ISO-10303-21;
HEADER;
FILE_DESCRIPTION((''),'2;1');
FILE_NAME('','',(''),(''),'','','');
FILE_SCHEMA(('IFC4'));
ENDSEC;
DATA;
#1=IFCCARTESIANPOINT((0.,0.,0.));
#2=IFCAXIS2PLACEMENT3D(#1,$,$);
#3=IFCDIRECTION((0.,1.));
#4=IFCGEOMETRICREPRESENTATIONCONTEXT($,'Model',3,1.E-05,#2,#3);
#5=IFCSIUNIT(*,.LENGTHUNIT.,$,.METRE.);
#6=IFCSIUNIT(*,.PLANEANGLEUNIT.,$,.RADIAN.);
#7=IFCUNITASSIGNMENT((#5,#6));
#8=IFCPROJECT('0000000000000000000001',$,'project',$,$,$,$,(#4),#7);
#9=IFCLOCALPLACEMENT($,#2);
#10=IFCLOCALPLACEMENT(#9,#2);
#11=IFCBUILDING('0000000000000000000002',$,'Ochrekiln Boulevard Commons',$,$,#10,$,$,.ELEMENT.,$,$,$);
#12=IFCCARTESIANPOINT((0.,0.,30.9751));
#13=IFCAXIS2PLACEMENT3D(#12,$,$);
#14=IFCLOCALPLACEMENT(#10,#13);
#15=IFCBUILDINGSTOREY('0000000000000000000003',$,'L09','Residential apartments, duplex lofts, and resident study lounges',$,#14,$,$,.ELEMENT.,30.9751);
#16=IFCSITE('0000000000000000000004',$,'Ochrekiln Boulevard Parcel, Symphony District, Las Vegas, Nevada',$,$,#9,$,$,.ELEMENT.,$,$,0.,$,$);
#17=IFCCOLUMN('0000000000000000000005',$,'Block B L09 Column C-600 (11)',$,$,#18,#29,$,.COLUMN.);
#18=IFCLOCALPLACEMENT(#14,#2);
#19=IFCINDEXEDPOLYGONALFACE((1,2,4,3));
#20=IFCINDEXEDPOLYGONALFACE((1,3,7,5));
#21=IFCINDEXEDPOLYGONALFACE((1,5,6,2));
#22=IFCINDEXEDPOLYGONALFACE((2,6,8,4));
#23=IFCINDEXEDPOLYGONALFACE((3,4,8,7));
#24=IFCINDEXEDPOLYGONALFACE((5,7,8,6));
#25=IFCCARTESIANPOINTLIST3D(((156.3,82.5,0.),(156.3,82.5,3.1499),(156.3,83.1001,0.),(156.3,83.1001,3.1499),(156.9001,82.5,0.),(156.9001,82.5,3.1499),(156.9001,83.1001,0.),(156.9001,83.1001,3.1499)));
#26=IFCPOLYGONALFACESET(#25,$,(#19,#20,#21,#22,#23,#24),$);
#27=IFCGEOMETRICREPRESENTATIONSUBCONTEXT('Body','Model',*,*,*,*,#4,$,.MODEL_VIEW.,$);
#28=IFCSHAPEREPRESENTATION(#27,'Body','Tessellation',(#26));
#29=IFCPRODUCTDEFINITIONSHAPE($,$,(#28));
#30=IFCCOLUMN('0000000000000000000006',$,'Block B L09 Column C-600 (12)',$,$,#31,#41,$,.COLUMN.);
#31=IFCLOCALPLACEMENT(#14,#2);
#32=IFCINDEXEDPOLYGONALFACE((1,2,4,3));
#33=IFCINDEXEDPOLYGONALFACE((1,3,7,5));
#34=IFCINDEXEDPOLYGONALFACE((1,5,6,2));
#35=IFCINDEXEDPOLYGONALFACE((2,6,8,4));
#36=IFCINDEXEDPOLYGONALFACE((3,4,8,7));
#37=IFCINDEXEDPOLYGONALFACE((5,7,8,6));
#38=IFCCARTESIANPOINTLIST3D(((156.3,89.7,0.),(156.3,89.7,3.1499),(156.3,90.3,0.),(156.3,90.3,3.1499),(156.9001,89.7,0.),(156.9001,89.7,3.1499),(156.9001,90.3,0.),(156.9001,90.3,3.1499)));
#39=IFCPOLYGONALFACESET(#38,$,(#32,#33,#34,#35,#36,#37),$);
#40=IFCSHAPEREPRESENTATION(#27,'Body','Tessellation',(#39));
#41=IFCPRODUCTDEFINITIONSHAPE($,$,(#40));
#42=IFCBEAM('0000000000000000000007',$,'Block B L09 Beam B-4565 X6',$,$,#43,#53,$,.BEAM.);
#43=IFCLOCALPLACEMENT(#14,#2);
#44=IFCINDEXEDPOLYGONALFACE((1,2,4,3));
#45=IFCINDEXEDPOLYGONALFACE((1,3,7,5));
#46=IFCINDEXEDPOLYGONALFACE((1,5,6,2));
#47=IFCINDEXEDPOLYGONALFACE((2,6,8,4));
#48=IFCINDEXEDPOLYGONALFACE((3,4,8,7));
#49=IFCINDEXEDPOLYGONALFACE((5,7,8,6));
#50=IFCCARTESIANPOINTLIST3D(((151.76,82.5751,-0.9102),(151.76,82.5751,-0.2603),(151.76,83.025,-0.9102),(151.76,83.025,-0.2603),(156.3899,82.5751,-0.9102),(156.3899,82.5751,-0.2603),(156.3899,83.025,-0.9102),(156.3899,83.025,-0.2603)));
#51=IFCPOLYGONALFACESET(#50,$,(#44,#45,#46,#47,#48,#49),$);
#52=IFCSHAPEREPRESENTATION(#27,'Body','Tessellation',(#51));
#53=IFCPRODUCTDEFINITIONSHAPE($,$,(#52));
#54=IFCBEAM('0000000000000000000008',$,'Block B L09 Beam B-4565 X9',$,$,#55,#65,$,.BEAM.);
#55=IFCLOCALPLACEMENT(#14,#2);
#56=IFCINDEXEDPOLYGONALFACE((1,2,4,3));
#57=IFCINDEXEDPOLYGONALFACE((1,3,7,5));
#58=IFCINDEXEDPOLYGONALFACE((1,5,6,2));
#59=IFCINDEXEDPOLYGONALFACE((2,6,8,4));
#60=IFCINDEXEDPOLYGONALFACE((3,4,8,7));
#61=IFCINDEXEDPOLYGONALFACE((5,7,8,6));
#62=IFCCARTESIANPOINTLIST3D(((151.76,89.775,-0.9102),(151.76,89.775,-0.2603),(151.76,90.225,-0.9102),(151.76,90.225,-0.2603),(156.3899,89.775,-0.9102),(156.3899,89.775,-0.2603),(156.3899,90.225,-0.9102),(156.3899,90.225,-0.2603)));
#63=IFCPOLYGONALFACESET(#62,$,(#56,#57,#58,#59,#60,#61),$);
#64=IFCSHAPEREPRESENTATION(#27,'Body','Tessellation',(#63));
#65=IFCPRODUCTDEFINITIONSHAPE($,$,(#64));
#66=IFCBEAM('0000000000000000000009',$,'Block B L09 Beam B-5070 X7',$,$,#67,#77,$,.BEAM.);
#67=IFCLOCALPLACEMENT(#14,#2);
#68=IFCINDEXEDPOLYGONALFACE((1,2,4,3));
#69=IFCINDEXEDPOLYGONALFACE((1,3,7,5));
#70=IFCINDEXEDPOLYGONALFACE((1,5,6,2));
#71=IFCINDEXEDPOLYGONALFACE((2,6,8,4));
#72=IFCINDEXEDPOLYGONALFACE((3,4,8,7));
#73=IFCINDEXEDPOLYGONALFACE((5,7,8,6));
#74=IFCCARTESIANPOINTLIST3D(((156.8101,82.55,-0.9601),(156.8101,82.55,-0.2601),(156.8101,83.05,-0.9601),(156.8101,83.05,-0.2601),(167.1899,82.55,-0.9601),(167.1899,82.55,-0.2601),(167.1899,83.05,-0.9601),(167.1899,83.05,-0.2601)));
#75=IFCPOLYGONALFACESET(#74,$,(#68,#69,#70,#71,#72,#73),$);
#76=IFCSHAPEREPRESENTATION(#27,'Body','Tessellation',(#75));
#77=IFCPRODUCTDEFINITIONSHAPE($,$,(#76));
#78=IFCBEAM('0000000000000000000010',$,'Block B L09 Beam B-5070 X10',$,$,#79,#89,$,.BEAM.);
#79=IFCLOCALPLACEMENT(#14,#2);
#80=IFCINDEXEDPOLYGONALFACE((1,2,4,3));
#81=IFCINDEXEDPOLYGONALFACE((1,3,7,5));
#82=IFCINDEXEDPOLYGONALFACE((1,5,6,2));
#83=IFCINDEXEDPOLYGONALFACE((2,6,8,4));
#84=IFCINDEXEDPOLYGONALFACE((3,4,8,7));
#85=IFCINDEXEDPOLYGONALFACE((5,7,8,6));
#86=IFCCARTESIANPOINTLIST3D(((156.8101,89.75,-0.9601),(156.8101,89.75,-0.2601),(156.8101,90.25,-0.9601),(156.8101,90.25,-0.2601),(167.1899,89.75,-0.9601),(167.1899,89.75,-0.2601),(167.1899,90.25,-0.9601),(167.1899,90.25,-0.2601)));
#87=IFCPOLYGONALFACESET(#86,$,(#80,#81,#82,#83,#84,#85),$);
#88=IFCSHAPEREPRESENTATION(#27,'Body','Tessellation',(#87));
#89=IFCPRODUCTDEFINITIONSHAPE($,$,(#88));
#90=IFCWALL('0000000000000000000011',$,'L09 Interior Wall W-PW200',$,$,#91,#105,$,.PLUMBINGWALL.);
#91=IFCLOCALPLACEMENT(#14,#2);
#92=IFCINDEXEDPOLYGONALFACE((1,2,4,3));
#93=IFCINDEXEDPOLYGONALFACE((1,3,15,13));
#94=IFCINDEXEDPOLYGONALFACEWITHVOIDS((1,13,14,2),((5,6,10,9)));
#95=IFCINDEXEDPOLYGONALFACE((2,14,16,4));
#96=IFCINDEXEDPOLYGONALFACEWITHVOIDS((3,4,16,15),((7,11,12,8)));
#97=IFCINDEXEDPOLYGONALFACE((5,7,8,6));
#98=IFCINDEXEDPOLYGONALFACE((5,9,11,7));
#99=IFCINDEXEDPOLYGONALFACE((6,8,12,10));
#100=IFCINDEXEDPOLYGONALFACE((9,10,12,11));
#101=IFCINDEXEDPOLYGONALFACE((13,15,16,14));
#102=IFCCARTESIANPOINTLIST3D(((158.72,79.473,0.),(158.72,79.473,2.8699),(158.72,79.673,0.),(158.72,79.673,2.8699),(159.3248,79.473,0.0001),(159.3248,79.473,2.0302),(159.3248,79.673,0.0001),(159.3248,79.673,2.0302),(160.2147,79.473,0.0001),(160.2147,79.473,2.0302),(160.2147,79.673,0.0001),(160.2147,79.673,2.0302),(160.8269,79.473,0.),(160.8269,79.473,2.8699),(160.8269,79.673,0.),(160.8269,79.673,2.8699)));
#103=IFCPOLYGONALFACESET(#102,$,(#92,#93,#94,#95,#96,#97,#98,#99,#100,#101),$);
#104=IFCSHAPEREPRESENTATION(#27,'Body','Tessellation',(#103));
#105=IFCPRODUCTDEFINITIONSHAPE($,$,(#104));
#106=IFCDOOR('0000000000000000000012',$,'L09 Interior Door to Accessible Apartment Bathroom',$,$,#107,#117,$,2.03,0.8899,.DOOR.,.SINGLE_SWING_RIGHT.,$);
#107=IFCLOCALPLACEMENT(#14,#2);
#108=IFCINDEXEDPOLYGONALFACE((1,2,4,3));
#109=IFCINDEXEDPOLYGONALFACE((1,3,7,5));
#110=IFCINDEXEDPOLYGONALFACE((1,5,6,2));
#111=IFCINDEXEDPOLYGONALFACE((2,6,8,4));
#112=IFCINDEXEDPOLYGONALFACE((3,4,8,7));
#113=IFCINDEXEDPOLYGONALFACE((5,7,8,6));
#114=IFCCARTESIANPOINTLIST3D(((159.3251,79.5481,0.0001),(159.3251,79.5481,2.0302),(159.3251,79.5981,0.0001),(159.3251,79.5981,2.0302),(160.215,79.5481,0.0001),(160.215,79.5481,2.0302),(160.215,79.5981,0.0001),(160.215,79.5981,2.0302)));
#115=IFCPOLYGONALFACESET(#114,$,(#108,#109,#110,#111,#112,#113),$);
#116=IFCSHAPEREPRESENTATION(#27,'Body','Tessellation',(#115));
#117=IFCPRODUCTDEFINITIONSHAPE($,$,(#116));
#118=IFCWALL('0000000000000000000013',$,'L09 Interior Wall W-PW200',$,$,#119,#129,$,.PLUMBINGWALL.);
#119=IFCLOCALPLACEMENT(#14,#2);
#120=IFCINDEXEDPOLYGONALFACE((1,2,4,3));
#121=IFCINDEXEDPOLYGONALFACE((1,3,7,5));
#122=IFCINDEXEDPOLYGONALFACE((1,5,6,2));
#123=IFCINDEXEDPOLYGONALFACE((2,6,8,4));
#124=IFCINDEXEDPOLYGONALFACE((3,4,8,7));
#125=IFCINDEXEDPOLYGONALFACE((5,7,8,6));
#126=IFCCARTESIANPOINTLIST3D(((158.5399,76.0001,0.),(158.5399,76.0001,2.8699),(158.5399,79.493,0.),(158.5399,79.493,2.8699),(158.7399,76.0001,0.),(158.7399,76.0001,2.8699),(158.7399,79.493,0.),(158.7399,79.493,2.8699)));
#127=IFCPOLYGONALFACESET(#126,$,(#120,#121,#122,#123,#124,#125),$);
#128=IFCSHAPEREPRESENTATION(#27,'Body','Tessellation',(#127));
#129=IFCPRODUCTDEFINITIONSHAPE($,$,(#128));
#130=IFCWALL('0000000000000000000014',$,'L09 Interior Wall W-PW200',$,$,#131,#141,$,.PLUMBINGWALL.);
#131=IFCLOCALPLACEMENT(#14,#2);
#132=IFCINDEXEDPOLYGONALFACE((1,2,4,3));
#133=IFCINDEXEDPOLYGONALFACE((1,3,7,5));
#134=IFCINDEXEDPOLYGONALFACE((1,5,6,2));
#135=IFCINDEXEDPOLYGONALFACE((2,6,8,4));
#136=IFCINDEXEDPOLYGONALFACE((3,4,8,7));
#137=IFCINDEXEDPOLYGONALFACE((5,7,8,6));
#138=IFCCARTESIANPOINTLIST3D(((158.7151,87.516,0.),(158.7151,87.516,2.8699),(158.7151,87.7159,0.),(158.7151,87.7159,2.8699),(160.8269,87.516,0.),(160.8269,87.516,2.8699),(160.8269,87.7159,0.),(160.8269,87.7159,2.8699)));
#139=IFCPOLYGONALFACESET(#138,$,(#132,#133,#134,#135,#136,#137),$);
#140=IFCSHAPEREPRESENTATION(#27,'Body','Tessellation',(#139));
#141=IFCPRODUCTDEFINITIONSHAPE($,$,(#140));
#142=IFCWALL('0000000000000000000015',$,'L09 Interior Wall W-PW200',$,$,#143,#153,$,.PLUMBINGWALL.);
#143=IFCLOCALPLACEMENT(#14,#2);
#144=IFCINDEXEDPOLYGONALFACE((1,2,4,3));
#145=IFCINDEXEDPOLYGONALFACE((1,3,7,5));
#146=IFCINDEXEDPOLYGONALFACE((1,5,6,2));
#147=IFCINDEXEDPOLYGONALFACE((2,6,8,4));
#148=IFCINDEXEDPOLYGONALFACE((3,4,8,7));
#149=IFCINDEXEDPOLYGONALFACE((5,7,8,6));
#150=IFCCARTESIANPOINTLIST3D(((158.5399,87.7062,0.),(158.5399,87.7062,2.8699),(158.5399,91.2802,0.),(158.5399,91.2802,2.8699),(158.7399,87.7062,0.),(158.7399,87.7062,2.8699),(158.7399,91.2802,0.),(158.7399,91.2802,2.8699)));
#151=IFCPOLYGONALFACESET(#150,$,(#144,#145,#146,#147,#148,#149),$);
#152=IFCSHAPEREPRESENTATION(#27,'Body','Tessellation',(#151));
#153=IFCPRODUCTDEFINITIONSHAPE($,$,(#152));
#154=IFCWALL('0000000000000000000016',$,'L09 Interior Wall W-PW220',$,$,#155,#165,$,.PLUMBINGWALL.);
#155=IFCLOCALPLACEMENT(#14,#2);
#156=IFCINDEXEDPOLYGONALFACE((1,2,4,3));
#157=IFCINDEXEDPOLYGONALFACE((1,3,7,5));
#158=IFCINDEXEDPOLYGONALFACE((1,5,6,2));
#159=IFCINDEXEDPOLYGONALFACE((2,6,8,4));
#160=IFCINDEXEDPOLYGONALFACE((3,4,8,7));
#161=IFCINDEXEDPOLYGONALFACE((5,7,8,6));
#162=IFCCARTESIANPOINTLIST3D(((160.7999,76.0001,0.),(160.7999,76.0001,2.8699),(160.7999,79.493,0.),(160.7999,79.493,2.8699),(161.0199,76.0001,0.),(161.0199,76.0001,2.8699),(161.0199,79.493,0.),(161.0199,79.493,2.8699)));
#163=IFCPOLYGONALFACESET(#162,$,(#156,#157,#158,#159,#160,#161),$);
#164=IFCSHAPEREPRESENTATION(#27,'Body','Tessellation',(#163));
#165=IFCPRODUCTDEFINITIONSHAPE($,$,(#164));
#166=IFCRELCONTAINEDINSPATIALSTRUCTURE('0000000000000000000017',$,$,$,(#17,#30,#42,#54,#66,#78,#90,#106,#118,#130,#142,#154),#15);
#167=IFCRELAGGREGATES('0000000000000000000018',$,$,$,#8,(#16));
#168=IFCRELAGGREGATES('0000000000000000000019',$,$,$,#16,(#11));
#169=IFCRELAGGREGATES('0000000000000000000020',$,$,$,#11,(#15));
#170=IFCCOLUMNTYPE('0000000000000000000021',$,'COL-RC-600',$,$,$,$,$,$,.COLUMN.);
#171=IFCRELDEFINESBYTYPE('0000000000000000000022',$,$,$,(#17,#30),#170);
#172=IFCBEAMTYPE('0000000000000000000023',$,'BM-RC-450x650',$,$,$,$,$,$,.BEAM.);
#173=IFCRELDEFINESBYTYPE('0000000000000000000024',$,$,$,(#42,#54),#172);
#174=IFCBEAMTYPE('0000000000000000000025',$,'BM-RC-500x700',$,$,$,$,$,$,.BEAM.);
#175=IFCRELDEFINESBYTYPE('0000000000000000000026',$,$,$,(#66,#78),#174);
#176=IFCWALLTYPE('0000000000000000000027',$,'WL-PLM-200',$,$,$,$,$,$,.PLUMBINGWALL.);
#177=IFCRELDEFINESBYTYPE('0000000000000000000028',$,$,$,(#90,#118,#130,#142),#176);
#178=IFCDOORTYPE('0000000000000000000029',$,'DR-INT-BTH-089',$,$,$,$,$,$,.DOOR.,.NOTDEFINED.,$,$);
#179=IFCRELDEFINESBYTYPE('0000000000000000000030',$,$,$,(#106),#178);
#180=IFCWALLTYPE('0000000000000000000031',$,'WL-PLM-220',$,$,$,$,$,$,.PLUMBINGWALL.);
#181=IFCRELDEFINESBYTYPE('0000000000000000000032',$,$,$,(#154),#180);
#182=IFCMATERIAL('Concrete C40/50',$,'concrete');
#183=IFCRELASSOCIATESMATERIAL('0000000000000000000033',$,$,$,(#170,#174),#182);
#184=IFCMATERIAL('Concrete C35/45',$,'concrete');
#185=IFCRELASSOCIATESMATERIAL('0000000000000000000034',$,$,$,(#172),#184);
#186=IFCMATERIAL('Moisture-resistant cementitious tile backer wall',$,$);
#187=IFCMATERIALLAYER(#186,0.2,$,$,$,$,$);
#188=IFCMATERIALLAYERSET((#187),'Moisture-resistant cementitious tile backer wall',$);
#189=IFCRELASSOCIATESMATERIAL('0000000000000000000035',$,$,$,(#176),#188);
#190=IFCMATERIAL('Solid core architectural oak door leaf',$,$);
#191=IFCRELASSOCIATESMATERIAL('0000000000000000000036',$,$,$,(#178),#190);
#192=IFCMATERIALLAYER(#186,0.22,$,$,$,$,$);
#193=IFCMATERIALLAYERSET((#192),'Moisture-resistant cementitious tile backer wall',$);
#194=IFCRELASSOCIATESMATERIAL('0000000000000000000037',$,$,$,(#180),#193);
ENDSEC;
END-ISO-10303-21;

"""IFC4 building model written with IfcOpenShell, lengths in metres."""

from ifc_helpers import new_model, si_unit, direction, frame, frame_2d, origin, origin_2d, place, context, subcontext, project, spatial, rectangle, extrude, material, layer, layer_set, material_profile, profile_set, type_object, element, fill, save


model = new_model("IFC4")

# Units and contexts
model_context = context("Model", 3, precision=1e-05, world=origin(), true_north=direction((0.0, 1.0)))
body_context = subcontext(model_context, "Body", "Model", "MODEL_VIEW")
ifc_project = project(units=[si_unit("LENGTHUNIT", "METRE"), si_unit("PLANEANGLEUNIT", "RADIAN")], contexts=[model_context])

# Site, building, storey
site_placement = place(None, origin())
site = spatial("IfcSite", under=ifc_project, at=site_placement, Name="Ochrekiln Boulevard Parcel, Symphony District, Las Vegas, Nevada", CompositionType="ELEMENT", RefElevation=0.0)
building_placement = place(site_placement, origin())
building = spatial("IfcBuilding", under=site, at=building_placement, Name="Ochrekiln Boulevard Commons", CompositionType="ELEMENT")
storey_placement = place(building_placement, frame((0.0, 0.0, 30.9751)))
storey = spatial("IfcBuildingStorey", under=building, at=storey_placement, Name="L09", Description="Residential apartments, duplex lofts, and resident study lounges", CompositionType="ELEMENT", Elevation=30.9751)

# Columns
ifc_material_1 = material(Name="Concrete C40/50", Category="concrete")
ifc_material_profile_1 = material_profile(ifc_material_1, rectangle(XDim=0.6001, YDim=0.6001, at=origin_2d()), Name="RC-COL-600x600")
ifc_profile_set_1 = profile_set([ifc_material_profile_1], Name="Concrete C40/50")
column_type = type_object("IfcColumnType", Name="COL-RC-600", PredefinedType="COLUMN", material=ifc_profile_set_1)
for number, where, z_axis, x_axis, name in (
    (1, (156.6001, 82.8, 0.0), (0.0, 0.0, 1.0), (1.0, 0.0, 0.0), "Block B L09 Column C-600 (11)"),
    (2, (156.6001, 90.0, 0.0), (0.0, 0.0, 1.0), (1.0, 0.0, 0.0), "Block B L09 Column C-600 (12)"),
):
    element("IfcColumn", number, at=place(storey_placement, frame(where, z_axis=z_axis, x_axis=x_axis)), inside=storey, type_object=column_type, Name=name, PredefinedType="COLUMN", context=body_context, shape_type="SweptSolid", body=[
        extrude(rectangle(XDim=0.6001, YDim=0.6001, at=origin_2d()), origin(), (0.0, 0.0, 1.0), 3.1499),
    ])

# Beams
ifc_material_2 = material(Name="Concrete C35/45", Category="concrete")
ifc_material_profile_2 = material_profile(ifc_material_2, rectangle(XDim=0.45, YDim=0.6499, at=origin_2d()), Name="RC-BM-450x650")
ifc_profile_set_2 = profile_set([ifc_material_profile_2], Name="Concrete C35/45")
beam_type_1 = type_object("IfcBeamType", Name="BM-RC-450x650", PredefinedType="BEAM", material=ifc_profile_set_2)
for number, where, z_axis, x_axis, name in (
    (3, (151.76, 82.8, -0.5852), (1.0, 0.0, 0.0), (0.0, 1.0, 0.0), "Block B L09 Beam B-4565 X6"),
    (4, (151.76, 90.0, -0.5852), (1.0, 0.0, 0.0), (0.0, 1.0, 0.0), "Block B L09 Beam B-4565 X9"),
):
    element("IfcBeam", number, at=place(storey_placement, frame(where, z_axis=z_axis, x_axis=x_axis)), inside=storey, type_object=beam_type_1, Name=name, PredefinedType="BEAM", context=body_context, shape_type="SweptSolid", body=[
        extrude(rectangle(XDim=0.45, YDim=0.6499, at=origin_2d()), origin(), (0.0, 0.0, 1.0), 4.6299),
    ])
ifc_material_profile_3 = material_profile(ifc_material_1, rectangle(XDim=0.5, YDim=0.7, at=origin_2d()), Name="RC-BM-500x700")
ifc_profile_set_3 = profile_set([ifc_material_profile_3], Name="Concrete C40/50")
beam_type_2 = type_object("IfcBeamType", Name="BM-RC-500x700", PredefinedType="BEAM", material=ifc_profile_set_3)
for number, where, z_axis, x_axis, name in (
    (5, (156.8101, 82.8, -0.6101), (1.0, 0.0, 0.0), (0.0, 1.0, 0.0), "Block B L09 Beam B-5070 X7"),
    (6, (156.8101, 90.0, -0.6101), (1.0, 0.0, 0.0), (0.0, 1.0, 0.0), "Block B L09 Beam B-5070 X10"),
):
    element("IfcBeam", number, at=place(storey_placement, frame(where, z_axis=z_axis, x_axis=x_axis)), inside=storey, type_object=beam_type_2, Name=name, PredefinedType="BEAM", context=body_context, shape_type="SweptSolid", body=[
        extrude(rectangle(XDim=0.5, YDim=0.7, at=origin_2d()), origin(), (0.0, 0.0, 1.0), 10.3799),
    ])

# Wall, opening, door
ifc_material_3 = material(Name="Moisture-resistant cementitious tile backer wall")
ifc_layer_1 = layer(ifc_material_3, 0.2)
ifc_layer_set_1 = layer_set([ifc_layer_1], Name="Moisture-resistant cementitious tile backer wall")
wall_type_1 = type_object("IfcWallType", Name="WL-PLM-200", PredefinedType="PLUMBINGWALL", material=ifc_layer_set_1)
wall_1_placement = place(storey_placement, frame((158.72, 79.573, 0.0), z_axis=(0.0, 0.0, 1.0), x_axis=(1.0, 0.0, 0.0)))
wall_1 = element("IfcWall", 7, at=wall_1_placement, inside=storey, type_object=wall_type_1, Name="L09 Interior Wall W-PW200", PredefinedType="PLUMBINGWALL", context=body_context, shape_type="SweptSolid", body=[
    extrude(rectangle(XDim=2.1069, YDim=0.2, at=frame_2d((1.0535, 0.0))), origin(), (0.0, 0.0, 1.0), 2.8699),
])
opening_1_placement = place(wall_1_placement, frame((0.605, 0.0, 0.0)))
opening_1 = element("IfcOpeningElement", 8, at=opening_1_placement, cuts=wall_1, PredefinedType="OPENING", context=body_context, shape_type="SweptSolid", body=[
    extrude(rectangle(XDim=0.8899, YDim=2.03, at=frame_2d((0.4448, 1.0151))), frame((0.0, 0.1099, 0.0), z_axis=(0.0, -1.0, 0.0), x_axis=(1.0, 0.0, 0.0)), (0.0, 0.0, 1.0), 0.22),
])
ifc_material_4 = material(Name="Solid core architectural oak door leaf")
door_type_1 = type_object("IfcDoorType", Name="DR-INT-BTH-089", OperationType="NOTDEFINED", PredefinedType="DOOR", material=ifc_material_4)
door_1_placement = place(opening_1_placement, frame((0.8899, 0.0, 0.0), z_axis=(0.0, 0.0, 1.0), x_axis=(-1.0, 0.0, 0.0)))
door_1 = element("IfcDoor", 9, at=door_1_placement, inside=storey, type_object=door_type_1, Name="L09 Interior Door to Accessible Apartment Bathroom", OperationType="SINGLE_SWING_RIGHT", OverallHeight=2.03, OverallWidth=0.8899, PredefinedType="DOOR", context=body_context, shape_type="SweptSolid", body=[
    extrude(rectangle(XDim=0.8899, YDim=2.03, at=frame_2d((0.4448, 1.0151))), frame((0.0, 0.0249, 0.0), z_axis=(0.0, -1.0, 0.0), x_axis=(1.0, 0.0, 0.0)), (0.0, 0.0, 1.0), 0.05),
])
fill(opening_1, door_1)

# Walls
wall_2_placement = place(storey_placement, frame((158.6399, 76.0, 0.0), z_axis=(0.0, 0.0, 1.0), x_axis=(0.0, 1.0, 0.0)))
element("IfcWall", 10, at=wall_2_placement, inside=storey, type_object=wall_type_1, Name="L09 Interior Wall W-PW200", PredefinedType="PLUMBINGWALL", context=body_context, shape_type="SweptSolid", body=[
    extrude(rectangle(XDim=3.4929, YDim=0.2, at=frame_2d((1.7466, 0.0))), origin(), (0.0, 0.0, 1.0), 2.8699),
])
wall_3_placement = place(storey_placement, frame((158.7151, 87.616, 0.0), z_axis=(0.0, 0.0, 1.0), x_axis=(1.0, 0.0, 0.0)))
element("IfcWall", 11, at=wall_3_placement, inside=storey, type_object=wall_type_1, Name="L09 Interior Wall W-PW200", PredefinedType="PLUMBINGWALL", context=body_context, shape_type="SweptSolid", body=[
    extrude(rectangle(XDim=2.1118, YDim=0.2, at=frame_2d((1.0559, 0.0))), origin(), (0.0, 0.0, 1.0), 2.8699),
])
wall_4_placement = place(storey_placement, frame((158.6399, 87.7061, 0.0), z_axis=(0.0, 0.0, 1.0), x_axis=(0.0, 1.0, 0.0)))
element("IfcWall", 12, at=wall_4_placement, inside=storey, type_object=wall_type_1, Name="L09 Interior Wall W-PW200", PredefinedType="PLUMBINGWALL", context=body_context, shape_type="SweptSolid", body=[
    extrude(rectangle(XDim=3.574, YDim=0.2, at=frame_2d((1.7871, 0.0))), origin(), (0.0, 0.0, 1.0), 2.8699),
])
ifc_layer_2 = layer(ifc_material_3, 0.22)
ifc_layer_set_2 = layer_set([ifc_layer_2], Name="Moisture-resistant cementitious tile backer wall")
wall_type_2 = type_object("IfcWallType", Name="WL-PLM-220", PredefinedType="PLUMBINGWALL", material=ifc_layer_set_2)
wall_5_placement = place(storey_placement, frame((160.9099, 76.0, 0.0), z_axis=(0.0, 0.0, 1.0), x_axis=(0.0, 1.0, 0.0)))
element("IfcWall", 13, at=wall_5_placement, inside=storey, type_object=wall_type_2, Name="L09 Interior Wall W-PW220", PredefinedType="PLUMBINGWALL", context=body_context, shape_type="SweptSolid", body=[
    extrude(rectangle(XDim=3.4929, YDim=0.22, at=frame_2d((1.7466, 0.0))), origin(), (0.0, 0.0, 1.0), 2.8699),
])

save(model, "model.ifc")
